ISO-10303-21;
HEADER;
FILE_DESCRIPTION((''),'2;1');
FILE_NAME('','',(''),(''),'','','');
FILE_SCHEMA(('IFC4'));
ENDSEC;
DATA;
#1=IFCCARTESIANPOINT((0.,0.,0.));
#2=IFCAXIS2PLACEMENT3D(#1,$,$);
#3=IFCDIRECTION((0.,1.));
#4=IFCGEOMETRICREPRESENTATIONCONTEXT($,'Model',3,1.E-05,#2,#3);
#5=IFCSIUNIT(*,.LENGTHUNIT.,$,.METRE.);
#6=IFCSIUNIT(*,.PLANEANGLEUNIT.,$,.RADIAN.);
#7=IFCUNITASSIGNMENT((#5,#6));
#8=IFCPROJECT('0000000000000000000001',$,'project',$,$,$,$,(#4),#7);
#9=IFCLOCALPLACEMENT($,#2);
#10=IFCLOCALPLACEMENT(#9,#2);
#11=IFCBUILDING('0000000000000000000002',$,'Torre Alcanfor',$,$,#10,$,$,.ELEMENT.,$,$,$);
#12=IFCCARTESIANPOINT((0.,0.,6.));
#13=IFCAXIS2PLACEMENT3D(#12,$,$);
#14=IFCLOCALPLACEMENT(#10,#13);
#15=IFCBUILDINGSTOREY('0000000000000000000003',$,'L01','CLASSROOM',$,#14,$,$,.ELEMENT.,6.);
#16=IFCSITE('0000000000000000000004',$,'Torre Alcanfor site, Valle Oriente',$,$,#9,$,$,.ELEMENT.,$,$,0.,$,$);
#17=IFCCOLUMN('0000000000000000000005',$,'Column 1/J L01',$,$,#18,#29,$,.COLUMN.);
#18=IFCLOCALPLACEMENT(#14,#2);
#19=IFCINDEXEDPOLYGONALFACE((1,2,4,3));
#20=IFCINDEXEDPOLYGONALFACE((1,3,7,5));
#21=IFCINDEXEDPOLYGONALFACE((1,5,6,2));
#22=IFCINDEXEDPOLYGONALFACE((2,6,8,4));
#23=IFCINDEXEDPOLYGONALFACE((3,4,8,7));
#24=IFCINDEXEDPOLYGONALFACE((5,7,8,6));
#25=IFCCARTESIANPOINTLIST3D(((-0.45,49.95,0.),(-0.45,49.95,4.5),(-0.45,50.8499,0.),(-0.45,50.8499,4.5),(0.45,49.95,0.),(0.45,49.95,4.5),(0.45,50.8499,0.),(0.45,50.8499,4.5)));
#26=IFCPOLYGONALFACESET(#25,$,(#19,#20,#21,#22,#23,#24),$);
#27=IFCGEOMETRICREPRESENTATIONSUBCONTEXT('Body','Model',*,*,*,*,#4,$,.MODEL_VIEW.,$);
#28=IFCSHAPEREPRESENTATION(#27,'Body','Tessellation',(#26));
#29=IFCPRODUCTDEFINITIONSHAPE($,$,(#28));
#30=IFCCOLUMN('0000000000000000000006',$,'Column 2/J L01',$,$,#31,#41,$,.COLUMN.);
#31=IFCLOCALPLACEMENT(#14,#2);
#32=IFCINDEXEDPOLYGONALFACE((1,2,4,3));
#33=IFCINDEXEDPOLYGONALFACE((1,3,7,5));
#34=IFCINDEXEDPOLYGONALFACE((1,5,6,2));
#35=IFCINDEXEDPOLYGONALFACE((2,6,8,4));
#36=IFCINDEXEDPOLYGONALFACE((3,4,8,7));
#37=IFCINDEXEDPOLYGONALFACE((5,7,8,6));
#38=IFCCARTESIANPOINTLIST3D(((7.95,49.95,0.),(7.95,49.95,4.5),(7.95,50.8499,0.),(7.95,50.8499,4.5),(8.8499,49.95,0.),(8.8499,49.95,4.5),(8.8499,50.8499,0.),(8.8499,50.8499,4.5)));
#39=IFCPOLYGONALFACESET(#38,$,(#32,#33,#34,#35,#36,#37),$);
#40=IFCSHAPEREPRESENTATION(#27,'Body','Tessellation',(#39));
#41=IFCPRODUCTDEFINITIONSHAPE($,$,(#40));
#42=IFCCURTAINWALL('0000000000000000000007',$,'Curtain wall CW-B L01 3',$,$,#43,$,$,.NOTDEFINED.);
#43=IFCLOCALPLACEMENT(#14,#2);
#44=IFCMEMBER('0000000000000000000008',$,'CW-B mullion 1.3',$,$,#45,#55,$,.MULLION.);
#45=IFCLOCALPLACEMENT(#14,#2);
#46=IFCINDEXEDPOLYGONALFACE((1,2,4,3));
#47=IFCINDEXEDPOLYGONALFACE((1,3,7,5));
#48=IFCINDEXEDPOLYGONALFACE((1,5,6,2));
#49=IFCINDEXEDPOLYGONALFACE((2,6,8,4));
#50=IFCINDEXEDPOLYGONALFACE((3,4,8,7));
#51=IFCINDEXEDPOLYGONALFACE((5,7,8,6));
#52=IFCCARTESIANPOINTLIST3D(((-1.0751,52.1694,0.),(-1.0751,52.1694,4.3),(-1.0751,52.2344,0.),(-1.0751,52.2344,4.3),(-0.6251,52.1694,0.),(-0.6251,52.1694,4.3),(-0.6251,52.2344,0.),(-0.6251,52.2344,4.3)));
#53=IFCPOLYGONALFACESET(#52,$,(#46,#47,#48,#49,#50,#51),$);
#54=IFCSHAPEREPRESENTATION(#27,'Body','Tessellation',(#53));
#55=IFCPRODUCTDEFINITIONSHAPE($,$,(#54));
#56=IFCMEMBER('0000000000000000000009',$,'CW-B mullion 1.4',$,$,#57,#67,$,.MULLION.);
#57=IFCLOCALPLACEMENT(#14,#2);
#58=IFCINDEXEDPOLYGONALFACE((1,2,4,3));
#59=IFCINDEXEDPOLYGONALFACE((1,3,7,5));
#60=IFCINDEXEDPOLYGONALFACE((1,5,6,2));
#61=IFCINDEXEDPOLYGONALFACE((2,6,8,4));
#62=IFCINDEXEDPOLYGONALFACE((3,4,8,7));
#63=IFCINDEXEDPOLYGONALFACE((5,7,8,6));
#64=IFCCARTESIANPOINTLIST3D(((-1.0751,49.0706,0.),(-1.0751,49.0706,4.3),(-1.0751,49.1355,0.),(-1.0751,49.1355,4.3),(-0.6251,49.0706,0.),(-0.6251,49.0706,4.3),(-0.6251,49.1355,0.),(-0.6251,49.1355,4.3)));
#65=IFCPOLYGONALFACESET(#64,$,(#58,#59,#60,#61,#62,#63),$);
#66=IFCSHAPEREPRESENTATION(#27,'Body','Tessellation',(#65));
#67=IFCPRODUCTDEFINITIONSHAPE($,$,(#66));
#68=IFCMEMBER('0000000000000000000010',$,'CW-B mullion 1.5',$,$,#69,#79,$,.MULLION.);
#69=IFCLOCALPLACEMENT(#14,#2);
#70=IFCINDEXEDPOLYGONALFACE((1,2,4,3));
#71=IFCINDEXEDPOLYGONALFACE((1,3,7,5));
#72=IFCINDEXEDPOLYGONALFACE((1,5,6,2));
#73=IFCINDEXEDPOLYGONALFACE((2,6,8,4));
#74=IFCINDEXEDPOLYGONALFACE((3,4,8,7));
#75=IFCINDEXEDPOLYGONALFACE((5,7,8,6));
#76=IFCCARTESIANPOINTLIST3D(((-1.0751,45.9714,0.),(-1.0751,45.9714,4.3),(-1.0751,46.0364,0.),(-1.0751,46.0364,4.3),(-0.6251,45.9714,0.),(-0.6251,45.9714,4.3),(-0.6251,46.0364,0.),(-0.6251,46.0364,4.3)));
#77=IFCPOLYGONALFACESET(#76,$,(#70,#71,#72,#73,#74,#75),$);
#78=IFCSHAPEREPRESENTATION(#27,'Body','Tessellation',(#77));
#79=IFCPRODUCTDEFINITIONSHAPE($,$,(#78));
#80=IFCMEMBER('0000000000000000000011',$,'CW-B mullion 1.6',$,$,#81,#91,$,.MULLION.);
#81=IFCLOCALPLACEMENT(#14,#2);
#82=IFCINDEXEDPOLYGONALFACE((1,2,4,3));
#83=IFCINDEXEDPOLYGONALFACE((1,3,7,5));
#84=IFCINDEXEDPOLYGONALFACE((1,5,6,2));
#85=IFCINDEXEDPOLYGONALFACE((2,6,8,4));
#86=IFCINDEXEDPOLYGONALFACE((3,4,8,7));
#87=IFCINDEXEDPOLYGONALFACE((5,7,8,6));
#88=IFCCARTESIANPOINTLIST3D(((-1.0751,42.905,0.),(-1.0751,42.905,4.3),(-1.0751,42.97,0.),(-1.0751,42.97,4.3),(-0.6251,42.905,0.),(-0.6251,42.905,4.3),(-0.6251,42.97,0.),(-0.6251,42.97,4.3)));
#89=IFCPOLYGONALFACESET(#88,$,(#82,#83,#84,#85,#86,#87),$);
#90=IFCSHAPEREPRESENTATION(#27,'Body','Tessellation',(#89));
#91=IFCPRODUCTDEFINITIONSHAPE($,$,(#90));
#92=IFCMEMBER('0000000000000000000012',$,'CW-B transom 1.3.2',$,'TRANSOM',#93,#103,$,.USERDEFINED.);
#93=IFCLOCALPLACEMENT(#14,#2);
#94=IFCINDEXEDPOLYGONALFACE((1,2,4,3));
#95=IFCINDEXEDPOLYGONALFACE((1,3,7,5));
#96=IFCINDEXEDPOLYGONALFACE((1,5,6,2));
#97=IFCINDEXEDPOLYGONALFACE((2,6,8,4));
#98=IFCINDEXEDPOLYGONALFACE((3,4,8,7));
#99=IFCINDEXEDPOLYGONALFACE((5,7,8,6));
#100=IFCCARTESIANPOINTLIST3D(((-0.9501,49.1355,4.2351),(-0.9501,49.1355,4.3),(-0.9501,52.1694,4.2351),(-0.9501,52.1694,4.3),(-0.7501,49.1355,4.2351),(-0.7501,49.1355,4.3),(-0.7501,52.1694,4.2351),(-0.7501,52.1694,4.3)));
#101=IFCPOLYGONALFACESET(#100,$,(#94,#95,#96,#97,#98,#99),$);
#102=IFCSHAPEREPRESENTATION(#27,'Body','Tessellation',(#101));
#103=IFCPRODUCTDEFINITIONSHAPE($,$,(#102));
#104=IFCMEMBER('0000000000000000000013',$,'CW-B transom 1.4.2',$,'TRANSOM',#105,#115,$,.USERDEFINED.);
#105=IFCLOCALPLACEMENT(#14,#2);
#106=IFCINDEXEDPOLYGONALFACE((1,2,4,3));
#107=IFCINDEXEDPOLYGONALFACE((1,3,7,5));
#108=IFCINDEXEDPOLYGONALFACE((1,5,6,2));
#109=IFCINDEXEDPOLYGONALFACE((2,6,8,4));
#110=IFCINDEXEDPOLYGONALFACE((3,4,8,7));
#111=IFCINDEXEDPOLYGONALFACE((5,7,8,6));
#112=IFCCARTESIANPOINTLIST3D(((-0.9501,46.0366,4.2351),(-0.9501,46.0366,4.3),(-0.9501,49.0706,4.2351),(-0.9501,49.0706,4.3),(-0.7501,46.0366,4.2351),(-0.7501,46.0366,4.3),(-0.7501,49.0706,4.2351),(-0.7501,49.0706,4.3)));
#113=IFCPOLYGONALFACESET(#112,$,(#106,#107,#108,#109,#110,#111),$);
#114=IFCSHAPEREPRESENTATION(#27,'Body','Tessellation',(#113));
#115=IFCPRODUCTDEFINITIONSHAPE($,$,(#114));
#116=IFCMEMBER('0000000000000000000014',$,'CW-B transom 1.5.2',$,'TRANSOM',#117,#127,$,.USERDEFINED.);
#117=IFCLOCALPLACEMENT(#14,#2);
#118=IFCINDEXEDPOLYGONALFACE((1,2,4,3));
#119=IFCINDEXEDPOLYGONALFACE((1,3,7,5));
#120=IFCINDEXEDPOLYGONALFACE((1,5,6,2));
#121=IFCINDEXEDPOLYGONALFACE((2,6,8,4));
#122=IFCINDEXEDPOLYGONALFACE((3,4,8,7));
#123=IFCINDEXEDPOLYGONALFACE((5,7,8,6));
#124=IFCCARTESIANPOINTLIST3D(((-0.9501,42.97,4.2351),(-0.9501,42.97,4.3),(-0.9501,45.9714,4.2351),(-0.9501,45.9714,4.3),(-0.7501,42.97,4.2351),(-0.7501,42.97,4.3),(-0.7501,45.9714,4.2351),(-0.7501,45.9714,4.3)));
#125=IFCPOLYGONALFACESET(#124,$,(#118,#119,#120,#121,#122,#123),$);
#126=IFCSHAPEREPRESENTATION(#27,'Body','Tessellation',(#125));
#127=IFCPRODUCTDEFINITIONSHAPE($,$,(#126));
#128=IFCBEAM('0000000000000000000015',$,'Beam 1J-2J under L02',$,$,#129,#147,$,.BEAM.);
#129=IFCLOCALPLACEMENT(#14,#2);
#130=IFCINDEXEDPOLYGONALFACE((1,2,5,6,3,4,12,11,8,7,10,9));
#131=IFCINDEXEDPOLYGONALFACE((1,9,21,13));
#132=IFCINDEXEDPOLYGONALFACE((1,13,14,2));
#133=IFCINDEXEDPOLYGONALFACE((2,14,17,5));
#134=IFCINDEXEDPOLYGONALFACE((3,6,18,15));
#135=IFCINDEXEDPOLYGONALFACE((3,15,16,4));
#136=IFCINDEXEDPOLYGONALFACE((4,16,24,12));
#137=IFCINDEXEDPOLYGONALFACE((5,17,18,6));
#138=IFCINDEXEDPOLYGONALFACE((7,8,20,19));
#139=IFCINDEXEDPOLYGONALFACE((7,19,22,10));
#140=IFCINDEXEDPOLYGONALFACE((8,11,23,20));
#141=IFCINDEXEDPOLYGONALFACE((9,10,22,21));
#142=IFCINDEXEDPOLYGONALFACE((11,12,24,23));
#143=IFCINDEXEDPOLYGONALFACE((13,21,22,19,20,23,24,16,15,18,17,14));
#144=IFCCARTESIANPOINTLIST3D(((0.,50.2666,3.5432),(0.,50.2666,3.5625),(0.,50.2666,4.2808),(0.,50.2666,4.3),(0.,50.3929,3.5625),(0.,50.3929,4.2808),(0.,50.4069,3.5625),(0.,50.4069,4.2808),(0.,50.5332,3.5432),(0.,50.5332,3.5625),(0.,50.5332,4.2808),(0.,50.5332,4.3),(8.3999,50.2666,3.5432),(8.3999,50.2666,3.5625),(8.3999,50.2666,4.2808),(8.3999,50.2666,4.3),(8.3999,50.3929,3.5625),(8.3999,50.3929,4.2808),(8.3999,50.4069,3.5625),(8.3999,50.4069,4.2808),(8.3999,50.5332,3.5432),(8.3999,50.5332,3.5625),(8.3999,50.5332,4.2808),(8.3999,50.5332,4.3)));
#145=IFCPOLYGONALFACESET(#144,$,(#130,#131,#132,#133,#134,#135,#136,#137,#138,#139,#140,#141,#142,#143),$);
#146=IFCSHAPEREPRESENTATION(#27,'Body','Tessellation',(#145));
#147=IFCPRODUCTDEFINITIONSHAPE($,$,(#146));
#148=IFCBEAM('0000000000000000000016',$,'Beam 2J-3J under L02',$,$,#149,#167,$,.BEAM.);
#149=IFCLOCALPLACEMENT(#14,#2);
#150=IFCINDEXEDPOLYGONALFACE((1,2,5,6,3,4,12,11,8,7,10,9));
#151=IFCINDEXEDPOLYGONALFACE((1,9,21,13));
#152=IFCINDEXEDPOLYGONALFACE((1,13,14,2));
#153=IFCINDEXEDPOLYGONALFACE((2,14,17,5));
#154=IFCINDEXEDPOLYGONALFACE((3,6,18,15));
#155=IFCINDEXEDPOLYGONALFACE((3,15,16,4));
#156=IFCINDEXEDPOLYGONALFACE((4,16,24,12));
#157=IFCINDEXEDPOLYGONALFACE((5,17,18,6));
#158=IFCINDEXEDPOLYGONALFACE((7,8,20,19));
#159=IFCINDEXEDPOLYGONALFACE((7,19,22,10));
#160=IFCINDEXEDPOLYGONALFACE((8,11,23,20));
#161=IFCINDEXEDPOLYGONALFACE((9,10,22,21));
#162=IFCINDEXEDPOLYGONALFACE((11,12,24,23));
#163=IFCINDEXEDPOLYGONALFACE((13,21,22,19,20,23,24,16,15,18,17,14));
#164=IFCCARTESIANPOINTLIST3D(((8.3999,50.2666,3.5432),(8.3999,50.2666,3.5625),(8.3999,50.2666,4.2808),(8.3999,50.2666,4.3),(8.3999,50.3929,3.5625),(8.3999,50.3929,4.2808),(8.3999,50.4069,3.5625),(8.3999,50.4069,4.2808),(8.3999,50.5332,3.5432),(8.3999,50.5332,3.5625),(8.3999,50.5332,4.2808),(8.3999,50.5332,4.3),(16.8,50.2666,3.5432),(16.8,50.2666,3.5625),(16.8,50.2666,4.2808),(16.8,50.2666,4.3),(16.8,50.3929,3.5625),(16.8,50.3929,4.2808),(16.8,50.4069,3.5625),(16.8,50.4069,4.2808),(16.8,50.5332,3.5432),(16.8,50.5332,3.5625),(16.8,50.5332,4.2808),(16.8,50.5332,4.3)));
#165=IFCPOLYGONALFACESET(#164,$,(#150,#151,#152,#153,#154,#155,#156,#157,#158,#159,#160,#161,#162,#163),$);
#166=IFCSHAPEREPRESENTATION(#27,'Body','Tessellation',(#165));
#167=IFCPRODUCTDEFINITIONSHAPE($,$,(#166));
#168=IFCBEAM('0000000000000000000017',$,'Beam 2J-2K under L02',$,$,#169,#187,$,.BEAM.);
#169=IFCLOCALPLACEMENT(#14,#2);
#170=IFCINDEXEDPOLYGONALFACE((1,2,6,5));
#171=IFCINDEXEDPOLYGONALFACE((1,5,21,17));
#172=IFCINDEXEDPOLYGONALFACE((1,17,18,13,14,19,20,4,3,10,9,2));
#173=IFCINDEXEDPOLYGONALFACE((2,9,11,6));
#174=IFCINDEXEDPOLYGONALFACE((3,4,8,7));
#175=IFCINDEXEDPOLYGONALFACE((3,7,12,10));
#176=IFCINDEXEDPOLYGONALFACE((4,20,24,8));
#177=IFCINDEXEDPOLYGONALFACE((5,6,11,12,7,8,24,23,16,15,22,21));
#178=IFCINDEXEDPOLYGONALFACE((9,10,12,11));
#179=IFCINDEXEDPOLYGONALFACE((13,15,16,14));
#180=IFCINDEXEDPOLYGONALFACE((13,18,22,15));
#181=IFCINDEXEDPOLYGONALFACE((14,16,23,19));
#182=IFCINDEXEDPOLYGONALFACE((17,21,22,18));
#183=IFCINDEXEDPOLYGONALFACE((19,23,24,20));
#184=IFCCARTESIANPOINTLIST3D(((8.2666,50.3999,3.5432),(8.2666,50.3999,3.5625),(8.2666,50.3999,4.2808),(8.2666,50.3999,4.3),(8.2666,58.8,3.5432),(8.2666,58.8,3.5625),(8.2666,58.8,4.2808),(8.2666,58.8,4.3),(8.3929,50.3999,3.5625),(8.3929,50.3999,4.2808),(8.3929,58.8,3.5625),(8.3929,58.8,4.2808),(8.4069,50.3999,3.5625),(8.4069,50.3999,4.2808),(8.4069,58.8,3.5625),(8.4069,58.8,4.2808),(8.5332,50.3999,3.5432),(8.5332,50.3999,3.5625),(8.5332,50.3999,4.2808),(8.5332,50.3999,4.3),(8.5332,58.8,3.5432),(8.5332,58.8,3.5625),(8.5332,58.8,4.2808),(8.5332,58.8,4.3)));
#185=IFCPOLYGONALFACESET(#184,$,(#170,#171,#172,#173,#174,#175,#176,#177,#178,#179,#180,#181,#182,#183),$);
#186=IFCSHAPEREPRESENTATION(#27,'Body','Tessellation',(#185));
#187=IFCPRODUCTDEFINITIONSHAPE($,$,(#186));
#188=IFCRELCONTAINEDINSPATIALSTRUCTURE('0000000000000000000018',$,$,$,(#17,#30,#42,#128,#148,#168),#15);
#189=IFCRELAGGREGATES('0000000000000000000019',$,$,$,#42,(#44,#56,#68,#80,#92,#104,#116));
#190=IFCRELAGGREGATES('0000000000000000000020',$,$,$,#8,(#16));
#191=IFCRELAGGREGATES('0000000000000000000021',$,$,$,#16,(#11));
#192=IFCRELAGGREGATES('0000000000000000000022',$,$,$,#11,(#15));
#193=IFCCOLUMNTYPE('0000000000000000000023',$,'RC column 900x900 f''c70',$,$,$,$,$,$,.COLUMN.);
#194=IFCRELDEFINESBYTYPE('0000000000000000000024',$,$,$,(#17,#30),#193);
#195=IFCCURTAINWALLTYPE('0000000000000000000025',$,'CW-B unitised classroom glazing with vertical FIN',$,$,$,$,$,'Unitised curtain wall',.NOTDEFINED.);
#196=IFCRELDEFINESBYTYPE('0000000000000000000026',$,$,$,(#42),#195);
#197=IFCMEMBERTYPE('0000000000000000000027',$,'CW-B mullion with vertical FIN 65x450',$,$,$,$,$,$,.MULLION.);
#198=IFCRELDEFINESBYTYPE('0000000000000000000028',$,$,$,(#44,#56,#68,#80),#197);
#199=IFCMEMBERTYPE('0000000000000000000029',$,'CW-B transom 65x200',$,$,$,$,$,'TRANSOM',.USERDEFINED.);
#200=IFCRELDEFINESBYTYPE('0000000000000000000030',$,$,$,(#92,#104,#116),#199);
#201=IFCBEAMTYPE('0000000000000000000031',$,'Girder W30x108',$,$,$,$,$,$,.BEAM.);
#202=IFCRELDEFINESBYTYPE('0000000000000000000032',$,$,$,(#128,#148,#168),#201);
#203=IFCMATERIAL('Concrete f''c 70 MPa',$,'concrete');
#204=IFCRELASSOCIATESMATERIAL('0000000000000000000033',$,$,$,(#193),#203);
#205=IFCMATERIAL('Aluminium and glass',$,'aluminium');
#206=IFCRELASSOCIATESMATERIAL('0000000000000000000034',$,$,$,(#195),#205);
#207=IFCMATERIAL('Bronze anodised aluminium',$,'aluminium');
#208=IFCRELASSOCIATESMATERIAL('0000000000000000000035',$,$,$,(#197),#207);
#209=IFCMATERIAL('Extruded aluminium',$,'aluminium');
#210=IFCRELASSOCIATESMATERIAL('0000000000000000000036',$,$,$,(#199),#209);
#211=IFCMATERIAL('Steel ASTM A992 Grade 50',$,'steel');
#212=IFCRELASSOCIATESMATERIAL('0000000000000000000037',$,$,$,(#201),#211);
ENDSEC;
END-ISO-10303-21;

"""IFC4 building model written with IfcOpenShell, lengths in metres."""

from ifc_helpers import new_model, si_unit, direction, frame, origin, origin_2d, place, context, subcontext, project, spatial, rectangle, i_section, extrude, material, material_profile, profile_set, type_object, element, aggregate, save


model = new_model("IFC4")

# Units and contexts
model_context = context("Model", 3, precision=1e-05, world=origin(), true_north=direction((0.0, 1.0)))
body_context = subcontext(model_context, "Body", "Model", "MODEL_VIEW")
ifc_project = project(units=[si_unit("LENGTHUNIT", "METRE"), si_unit("PLANEANGLEUNIT", "RADIAN")], contexts=[model_context])

# Site, building, storey
site_placement = place(None, origin())
site = spatial("IfcSite", under=ifc_project, at=site_placement, Name="Torre Alcanfor site, Valle Oriente", CompositionType="ELEMENT", RefElevation=0.0)
building_placement = place(site_placement, origin())
building = spatial("IfcBuilding", under=site, at=building_placement, Name="Torre Alcanfor", CompositionType="ELEMENT")
storey_placement = place(building_placement, frame((0.0, 0.0, 6.0)))
storey = spatial("IfcBuildingStorey", under=building, at=storey_placement, Name="L01", Description="CLASSROOM", CompositionType="ELEMENT", Elevation=6.0)

# Columns
ifc_material_1 = material(Name="Concrete f'c 70 MPa", Category="concrete")
ifc_material_profile_1 = material_profile(ifc_material_1, rectangle(XDim=0.8999, YDim=0.8999, at=origin_2d()), Name="900x900")
ifc_profile_set_1 = profile_set([ifc_material_profile_1], Name="Concrete f'c 70 MPa")
column_type = type_object("IfcColumnType", Name="RC column 900x900 f'c70", PredefinedType="COLUMN", material=ifc_profile_set_1)
for number, where, z_axis, x_axis, name in (
    (1, (0.0, 50.3999, 0.0), (0.0, 0.0, 1.0), (1.0, 0.0, 0.0), "Column 1/J L01"),
    (2, (8.3999, 50.3999, 0.0), (0.0, 0.0, 1.0), (1.0, 0.0, 0.0), "Column 2/J L01"),
):
    element("IfcColumn", number, at=place(storey_placement, frame(where, z_axis=z_axis, x_axis=x_axis)), inside=storey, type_object=column_type, Name=name, PredefinedType="COLUMN", context=body_context, shape_type="SweptSolid", body=[
        extrude(rectangle(XDim=0.8999, YDim=0.8999, at=origin_2d()), origin(), (0.0, 0.0, 1.0), 4.5),
    ])

# Curtain wall, members
ifc_material_2 = material(Name="Aluminium and glass", Category="aluminium")
curtain_wall_type = type_object("IfcCurtainWallType", Name="CW-B unitised classroom glazing with vertical FIN", ElementType="Unitised curtain wall", PredefinedType="NOTDEFINED", material=ifc_material_2)
curtain_wall_placement = place(storey_placement, origin())
curtain_wall = element("IfcCurtainWall", 3, at=curtain_wall_placement, inside=storey, type_object=curtain_wall_type, Name="Curtain wall CW-B L01 3", PredefinedType="NOTDEFINED")
ifc_material_3 = material(Name="Bronze anodised aluminium", Category="aluminium")
ifc_material_profile_2 = material_profile(ifc_material_3, rectangle(XDim=0.45, YDim=0.0649, at=origin_2d()), Name="CW-B mullion 65x450")
ifc_profile_set_2 = profile_set([ifc_material_profile_2], Name="Bronze anodised aluminium")
member_type_1 = type_object("IfcMemberType", Name="CW-B mullion with vertical FIN 65x450", PredefinedType="MULLION", material=ifc_profile_set_2)
member_1_placement = place(storey_placement, frame((-0.8501, 52.2019, 0.0), z_axis=(0.0, 0.0, 1.0), x_axis=(1.0, 0.0, 0.0)))
member_1 = element("IfcMember", 4, at=member_1_placement, type_object=member_type_1, Name="CW-B mullion 1.3", PredefinedType="MULLION", context=body_context, shape_type="SweptSolid", body=[
    extrude(rectangle(XDim=0.45, YDim=0.0649, at=origin_2d()), origin(), (0.0, 0.0, 1.0), 4.3),
])
member_2_placement = place(storey_placement, frame((-0.8501, 49.103, 0.0), z_axis=(0.0, 0.0, 1.0), x_axis=(1.0, 0.0, 0.0)))
member_2 = element("IfcMember", 5, at=member_2_placement, type_object=member_type_1, Name="CW-B mullion 1.4", PredefinedType="MULLION", context=body_context, shape_type="SweptSolid", body=[
    extrude(rectangle(XDim=0.45, YDim=0.0649, at=origin_2d()), origin(), (0.0, 0.0, 1.0), 4.3),
])
member_3_placement = place(storey_placement, frame((-0.8501, 46.0039, 0.0), z_axis=(0.0, 0.0, 1.0), x_axis=(1.0, 0.0, 0.0)))
member_3 = element("IfcMember", 6, at=member_3_placement, type_object=member_type_1, Name="CW-B mullion 1.5", PredefinedType="MULLION", context=body_context, shape_type="SweptSolid", body=[
    extrude(rectangle(XDim=0.45, YDim=0.0649, at=origin_2d()), origin(), (0.0, 0.0, 1.0), 4.3),
])
member_4_placement = place(storey_placement, frame((-0.8501, 42.9375, 0.0), z_axis=(0.0, 0.0, 1.0), x_axis=(1.0, 0.0, 0.0)))
member_4 = element("IfcMember", 7, at=member_4_placement, type_object=member_type_1, Name="CW-B mullion 1.6", PredefinedType="MULLION", context=body_context, shape_type="SweptSolid", body=[
    extrude(rectangle(XDim=0.45, YDim=0.0649, at=origin_2d()), origin(), (0.0, 0.0, 1.0), 4.3),
])
ifc_material_4 = material(Name="Extruded aluminium", Category="aluminium")
ifc_material_profile_3 = material_profile(ifc_material_4, rectangle(XDim=0.2, YDim=0.0649, at=origin_2d()), Name="CW-B transom 200x65")
ifc_profile_set_3 = profile_set([ifc_material_profile_3], Name="Extruded aluminium")
member_type_2 = type_object("IfcMemberType", Name="CW-B transom 65x200", ElementType="TRANSOM", PredefinedType="USERDEFINED", material=ifc_profile_set_3)
member_5_placement = place(storey_placement, frame((-0.8501, 52.1694, 4.2676), z_axis=(0.0, -1.0, 0.0), x_axis=(1.0, 0.0, 0.0)))
member_5 = element("IfcMember", 8, at=member_5_placement, type_object=member_type_2, Name="CW-B transom 1.3.2", ObjectType="TRANSOM", PredefinedType="USERDEFINED", context=body_context, shape_type="SweptSolid", body=[
    extrude(rectangle(XDim=0.2, YDim=0.0649, at=origin_2d()), origin(), (0.0, 0.0, 1.0), 3.0339),
])
member_6_placement = place(storey_placement, frame((-0.8501, 49.0706, 4.2676), z_axis=(0.0, -1.0, 0.0), x_axis=(1.0, 0.0, 0.0)))
member_6 = element("IfcMember", 9, at=member_6_placement, type_object=member_type_2, Name="CW-B transom 1.4.2", ObjectType="TRANSOM", PredefinedType="USERDEFINED", context=body_context, shape_type="SweptSolid", body=[
    extrude(rectangle(XDim=0.2, YDim=0.0649, at=origin_2d()), origin(), (0.0, 0.0, 1.0), 3.0339),
])
member_7_placement = place(storey_placement, frame((-0.8501, 45.9714, 4.2676), z_axis=(0.0, -1.0, 0.0), x_axis=(1.0, 0.0, 0.0)))
member_7 = element("IfcMember", 10, at=member_7_placement, type_object=member_type_2, Name="CW-B transom 1.5.2", ObjectType="TRANSOM", PredefinedType="USERDEFINED", context=body_context, shape_type="SweptSolid", body=[
    extrude(rectangle(XDim=0.2, YDim=0.0649, at=origin_2d()), origin(), (0.0, 0.0, 1.0), 3.0015),
])

# Beams
ifc_material_5 = material(Name="Steel ASTM A992 Grade 50", Category="steel")
ifc_material_profile_4 = material_profile(ifc_material_5, i_section(OverallWidth=0.2666, OverallDepth=0.7568, WebThickness=0.0139, FlangeThickness=0.0193, at=origin_2d()), Name="W30x108")
ifc_profile_set_4 = profile_set([ifc_material_profile_4], Name="Steel ASTM A992 Grade 50")
beam_type_1 = type_object("IfcBeamType", Name="Girder W30x108", PredefinedType="BEAM", material=ifc_profile_set_4)
beam_1_placement = place(storey_placement, frame((0.0, 50.3999, 3.9216), z_axis=(1.0, 0.0, 0.0), x_axis=(0.0, 1.0, 0.0)))
element("IfcBeam", 11, at=beam_1_placement, inside=storey, type_object=beam_type_1, Name="Beam 1J-2J under L02", PredefinedType="BEAM", context=body_context, shape_type="SweptSolid", body=[
    extrude(i_section(OverallWidth=0.2666, OverallDepth=0.7568, WebThickness=0.0139, FlangeThickness=0.0193, at=origin_2d()), origin(), (0.0, 0.0, 1.0), 8.3999),
])
for number, where, z_axis, x_axis, name in (
    (12, (8.3999, 50.3999, 3.9216), (1.0, 0.0, 0.0), (0.0, 1.0, 0.0), "Beam 2J-3J under L02"),
    (13, (8.3999, 50.3999, 3.9216), (0.0, 1.0, 0.0), (-1.0, 0.0, 0.0), "Beam 2J-2K under L02"),
):
    element("IfcBeam", number, at=place(storey_placement, frame(where, z_axis=z_axis, x_axis=x_axis)), inside=storey, type_object=beam_type_1, Name=name, PredefinedType="BEAM", context=body_context, shape_type="SweptSolid", body=[
        extrude(i_section(OverallWidth=0.2666, OverallDepth=0.7568, WebThickness=0.0139, FlangeThickness=0.0193, at=origin_2d()), origin(), (0.0, 0.0, 1.0), 8.4001),
    ])

aggregate(curtain_wall, [member_1, member_2, member_3, member_4, member_5, member_6, member_7])

save(model, "model.ifc")
